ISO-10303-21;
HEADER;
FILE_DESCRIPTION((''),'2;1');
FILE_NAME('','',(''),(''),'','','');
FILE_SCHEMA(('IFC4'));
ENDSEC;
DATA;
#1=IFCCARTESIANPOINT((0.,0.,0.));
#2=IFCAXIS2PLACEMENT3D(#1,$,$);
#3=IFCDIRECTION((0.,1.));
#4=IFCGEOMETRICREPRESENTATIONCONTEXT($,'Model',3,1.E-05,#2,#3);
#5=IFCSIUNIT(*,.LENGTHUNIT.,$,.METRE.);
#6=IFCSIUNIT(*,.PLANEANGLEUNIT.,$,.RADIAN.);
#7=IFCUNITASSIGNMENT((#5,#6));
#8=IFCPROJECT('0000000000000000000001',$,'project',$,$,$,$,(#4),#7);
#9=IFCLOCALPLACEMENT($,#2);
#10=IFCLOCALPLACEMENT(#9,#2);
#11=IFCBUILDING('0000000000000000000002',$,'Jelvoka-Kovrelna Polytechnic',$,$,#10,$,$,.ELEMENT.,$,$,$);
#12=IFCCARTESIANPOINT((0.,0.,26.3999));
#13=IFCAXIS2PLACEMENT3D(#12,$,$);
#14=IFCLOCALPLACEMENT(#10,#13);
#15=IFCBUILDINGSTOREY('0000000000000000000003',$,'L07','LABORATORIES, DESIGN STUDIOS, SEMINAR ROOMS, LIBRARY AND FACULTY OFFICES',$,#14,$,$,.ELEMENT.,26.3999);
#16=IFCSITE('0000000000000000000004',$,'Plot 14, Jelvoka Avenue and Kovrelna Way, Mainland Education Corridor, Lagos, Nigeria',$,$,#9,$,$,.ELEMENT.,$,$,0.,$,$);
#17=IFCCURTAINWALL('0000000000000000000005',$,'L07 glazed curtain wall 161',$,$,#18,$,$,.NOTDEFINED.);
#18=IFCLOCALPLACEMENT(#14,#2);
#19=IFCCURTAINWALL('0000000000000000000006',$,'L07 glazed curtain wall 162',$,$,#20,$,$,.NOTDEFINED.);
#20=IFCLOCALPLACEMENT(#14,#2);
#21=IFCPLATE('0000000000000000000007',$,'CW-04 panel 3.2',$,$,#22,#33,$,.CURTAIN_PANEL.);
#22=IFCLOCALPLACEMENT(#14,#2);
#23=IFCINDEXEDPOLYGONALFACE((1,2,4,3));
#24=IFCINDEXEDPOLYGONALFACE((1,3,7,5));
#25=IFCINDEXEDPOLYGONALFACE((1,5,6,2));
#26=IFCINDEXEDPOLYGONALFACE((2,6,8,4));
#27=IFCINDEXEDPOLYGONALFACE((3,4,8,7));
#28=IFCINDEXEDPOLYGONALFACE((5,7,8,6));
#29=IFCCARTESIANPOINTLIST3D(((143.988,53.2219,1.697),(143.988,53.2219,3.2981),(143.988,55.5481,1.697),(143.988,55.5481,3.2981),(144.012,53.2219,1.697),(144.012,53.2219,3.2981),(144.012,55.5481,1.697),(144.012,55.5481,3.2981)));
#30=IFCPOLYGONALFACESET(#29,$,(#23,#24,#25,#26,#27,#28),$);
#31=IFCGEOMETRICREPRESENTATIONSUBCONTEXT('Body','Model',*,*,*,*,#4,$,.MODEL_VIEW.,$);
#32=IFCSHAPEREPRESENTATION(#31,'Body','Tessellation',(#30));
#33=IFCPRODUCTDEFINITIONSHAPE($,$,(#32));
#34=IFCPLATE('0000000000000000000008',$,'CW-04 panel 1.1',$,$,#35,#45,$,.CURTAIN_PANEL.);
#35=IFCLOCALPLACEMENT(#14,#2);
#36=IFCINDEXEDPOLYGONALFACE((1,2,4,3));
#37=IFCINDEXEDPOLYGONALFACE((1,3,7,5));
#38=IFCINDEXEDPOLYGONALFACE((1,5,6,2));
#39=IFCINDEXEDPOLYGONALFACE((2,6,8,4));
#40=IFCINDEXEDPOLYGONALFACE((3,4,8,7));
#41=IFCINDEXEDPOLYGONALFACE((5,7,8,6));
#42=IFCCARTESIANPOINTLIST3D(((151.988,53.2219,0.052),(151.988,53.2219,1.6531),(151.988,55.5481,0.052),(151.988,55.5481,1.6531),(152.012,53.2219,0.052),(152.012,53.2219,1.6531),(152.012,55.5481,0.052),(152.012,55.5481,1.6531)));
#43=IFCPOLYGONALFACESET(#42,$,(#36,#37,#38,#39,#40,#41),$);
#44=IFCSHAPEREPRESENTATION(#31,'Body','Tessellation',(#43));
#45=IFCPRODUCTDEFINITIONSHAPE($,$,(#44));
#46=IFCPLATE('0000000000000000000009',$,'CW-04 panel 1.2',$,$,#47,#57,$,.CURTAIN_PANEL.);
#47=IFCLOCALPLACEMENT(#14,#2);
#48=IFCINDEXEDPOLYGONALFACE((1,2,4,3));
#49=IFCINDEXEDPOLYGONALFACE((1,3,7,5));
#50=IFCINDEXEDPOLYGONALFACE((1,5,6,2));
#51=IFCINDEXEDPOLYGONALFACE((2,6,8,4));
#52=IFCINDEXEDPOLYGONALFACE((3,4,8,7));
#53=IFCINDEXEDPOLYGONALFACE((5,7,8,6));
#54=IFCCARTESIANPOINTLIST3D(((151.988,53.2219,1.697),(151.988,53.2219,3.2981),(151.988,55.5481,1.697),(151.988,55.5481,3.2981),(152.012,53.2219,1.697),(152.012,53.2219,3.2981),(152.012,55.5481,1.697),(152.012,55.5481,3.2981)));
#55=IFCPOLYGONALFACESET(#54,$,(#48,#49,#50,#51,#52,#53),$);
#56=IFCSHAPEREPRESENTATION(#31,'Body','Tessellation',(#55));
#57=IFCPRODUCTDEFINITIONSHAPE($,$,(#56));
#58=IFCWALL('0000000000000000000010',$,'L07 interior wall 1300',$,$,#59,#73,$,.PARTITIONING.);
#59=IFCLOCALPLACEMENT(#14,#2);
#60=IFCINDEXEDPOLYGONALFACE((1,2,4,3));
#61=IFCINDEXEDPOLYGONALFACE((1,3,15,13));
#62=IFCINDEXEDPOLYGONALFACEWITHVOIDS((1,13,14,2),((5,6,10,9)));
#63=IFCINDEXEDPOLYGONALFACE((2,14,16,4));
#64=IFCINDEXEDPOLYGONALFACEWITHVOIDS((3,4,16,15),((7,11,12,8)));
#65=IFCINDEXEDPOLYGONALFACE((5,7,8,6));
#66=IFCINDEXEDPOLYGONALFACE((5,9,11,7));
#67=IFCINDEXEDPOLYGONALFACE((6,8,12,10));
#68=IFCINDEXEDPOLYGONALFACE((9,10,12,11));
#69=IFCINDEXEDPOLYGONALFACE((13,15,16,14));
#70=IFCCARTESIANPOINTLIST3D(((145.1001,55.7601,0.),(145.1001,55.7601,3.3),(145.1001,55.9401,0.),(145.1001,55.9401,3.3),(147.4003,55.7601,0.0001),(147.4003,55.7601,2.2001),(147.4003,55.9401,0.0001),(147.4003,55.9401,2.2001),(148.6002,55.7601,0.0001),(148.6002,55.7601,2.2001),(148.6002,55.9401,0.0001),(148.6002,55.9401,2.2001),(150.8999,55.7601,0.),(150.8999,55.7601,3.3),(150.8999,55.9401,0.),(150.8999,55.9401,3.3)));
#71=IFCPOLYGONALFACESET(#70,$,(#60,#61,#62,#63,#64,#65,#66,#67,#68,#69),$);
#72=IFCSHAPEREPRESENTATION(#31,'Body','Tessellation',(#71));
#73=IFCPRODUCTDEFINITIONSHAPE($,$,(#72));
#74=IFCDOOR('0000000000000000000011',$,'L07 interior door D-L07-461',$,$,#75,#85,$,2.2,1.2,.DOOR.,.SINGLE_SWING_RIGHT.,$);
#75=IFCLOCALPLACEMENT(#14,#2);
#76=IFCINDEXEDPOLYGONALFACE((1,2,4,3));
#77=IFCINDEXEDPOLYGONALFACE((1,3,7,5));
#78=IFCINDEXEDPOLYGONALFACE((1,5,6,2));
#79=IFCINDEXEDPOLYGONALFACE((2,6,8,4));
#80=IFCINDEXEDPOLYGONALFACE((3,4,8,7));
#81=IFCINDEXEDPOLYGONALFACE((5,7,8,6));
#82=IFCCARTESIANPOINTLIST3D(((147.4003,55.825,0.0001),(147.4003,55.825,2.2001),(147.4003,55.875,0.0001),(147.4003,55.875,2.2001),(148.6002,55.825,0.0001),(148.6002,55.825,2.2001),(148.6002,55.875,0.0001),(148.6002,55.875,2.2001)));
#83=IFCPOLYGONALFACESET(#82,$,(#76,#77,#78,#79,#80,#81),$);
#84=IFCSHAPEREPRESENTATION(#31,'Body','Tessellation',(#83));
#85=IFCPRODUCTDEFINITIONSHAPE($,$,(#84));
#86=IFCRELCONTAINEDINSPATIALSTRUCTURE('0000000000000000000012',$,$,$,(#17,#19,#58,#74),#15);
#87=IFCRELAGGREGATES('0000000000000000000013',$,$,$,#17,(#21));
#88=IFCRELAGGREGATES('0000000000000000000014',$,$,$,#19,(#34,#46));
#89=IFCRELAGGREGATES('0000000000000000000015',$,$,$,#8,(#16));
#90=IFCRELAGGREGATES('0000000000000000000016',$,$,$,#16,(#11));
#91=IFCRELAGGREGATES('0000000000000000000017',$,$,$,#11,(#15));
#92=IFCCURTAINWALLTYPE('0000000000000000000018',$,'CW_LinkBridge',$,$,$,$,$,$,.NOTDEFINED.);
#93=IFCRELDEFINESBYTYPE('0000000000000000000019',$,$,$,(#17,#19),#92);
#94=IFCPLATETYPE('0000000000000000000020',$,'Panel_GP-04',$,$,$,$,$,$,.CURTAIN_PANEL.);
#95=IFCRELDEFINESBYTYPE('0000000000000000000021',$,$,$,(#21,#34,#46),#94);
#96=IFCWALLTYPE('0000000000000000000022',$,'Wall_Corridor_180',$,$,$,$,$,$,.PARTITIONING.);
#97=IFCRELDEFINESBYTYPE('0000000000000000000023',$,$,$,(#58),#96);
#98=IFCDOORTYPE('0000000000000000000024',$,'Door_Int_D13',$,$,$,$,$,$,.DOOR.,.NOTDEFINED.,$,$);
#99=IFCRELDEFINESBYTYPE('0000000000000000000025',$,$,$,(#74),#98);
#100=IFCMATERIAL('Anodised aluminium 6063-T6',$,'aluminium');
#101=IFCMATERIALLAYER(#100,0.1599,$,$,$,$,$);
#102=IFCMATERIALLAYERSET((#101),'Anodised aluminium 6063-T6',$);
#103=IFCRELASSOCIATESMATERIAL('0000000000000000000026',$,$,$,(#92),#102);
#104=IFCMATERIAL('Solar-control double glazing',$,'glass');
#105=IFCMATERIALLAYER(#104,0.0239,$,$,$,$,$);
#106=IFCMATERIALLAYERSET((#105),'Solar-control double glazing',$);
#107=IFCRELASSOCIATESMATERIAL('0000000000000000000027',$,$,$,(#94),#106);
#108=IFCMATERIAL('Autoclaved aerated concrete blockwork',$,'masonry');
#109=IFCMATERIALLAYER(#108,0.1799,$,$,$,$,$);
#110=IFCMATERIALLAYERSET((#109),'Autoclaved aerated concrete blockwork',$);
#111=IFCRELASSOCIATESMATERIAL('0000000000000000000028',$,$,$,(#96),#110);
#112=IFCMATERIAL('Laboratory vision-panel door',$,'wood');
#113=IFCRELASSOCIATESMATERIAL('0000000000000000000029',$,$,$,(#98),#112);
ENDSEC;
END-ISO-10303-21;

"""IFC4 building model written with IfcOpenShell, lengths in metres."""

from ifc_helpers import new_model, si_unit, direction, frame, frame_2d, origin, origin_2d, place, context, subcontext, project, spatial, rectangle, extrude, material, layer, layer_set, type_object, element, fill, aggregate, save


model = new_model("IFC4")

# Units and contexts
model_context = context("Model", 3, precision=1e-05, world=origin(), true_north=direction((0.0, 1.0)))
body_context = subcontext(model_context, "Body", "Model", "MODEL_VIEW")
ifc_project = project(units=[si_unit("LENGTHUNIT", "METRE"), si_unit("PLANEANGLEUNIT", "RADIAN")], contexts=[model_context])

# Site, building, storey
site_placement = place(None, origin())
site = spatial("IfcSite", under=ifc_project, at=site_placement, Name="Plot 14, Jelvoka Avenue and Kovrelna Way, Mainland Education Corridor, Lagos, Nigeria", CompositionType="ELEMENT", RefElevation=0.0)
building_placement = place(site_placement, origin())
building = spatial("IfcBuilding", under=site, at=building_placement, Name="Jelvoka-Kovrelna Polytechnic", CompositionType="ELEMENT")
storey_placement = place(building_placement, frame((0.0, 0.0, 26.3999)))
storey = spatial("IfcBuildingStorey", under=building, at=storey_placement, Name="L07", Description="LABORATORIES, DESIGN STUDIOS, SEMINAR ROOMS, LIBRARY AND FACULTY OFFICES", CompositionType="ELEMENT", Elevation=26.3999)

# Curtain walls
ifc_material_1 = material(Name="Anodised aluminium 6063-T6", Category="aluminium")
ifc_layer_1 = layer(ifc_material_1, 0.1599)
ifc_layer_set_1 = layer_set([ifc_layer_1], Name="Anodised aluminium 6063-T6")
curtain_wall_type = type_object("IfcCurtainWallType", Name="CW_LinkBridge", PredefinedType="NOTDEFINED", material=ifc_layer_set_1)
curtain_wall_1_placement = place(storey_placement, origin())
curtain_wall_1 = element("IfcCurtainWall", 1, at=curtain_wall_1_placement, inside=storey, type_object=curtain_wall_type, Name="L07 glazed curtain wall 161", PredefinedType="NOTDEFINED")
curtain_wall_2_placement = place(storey_placement, origin())
curtain_wall_2 = element("IfcCurtainWall", 2, at=curtain_wall_2_placement, inside=storey, type_object=curtain_wall_type, Name="L07 glazed curtain wall 162", PredefinedType="NOTDEFINED")

# Plates
ifc_material_2 = material(Name="Solar-control double glazing", Category="glass")
ifc_layer_2 = layer(ifc_material_2, 0.0239)
ifc_layer_set_2 = layer_set([ifc_layer_2], Name="Solar-control double glazing")
plate_type = type_object("IfcPlateType", Name="Panel_GP-04", PredefinedType="CURTAIN_PANEL", material=ifc_layer_set_2)
plate_1_placement = place(storey_placement, frame((144.0, 54.385, 1.697), z_axis=(0.0, 0.0, 1.0), x_axis=(0.0, 1.0, 0.0)))
plate_1 = element("IfcPlate", 3, at=plate_1_placement, type_object=plate_type, Name="CW-04 panel 3.2", PredefinedType="CURTAIN_PANEL", context=body_context, shape_type="SweptSolid", body=[
    extrude(rectangle(XDim=2.3262, YDim=0.0239, at=origin_2d()), origin(), (0.0, 0.0, 1.0), 1.6011),
])
aggregate(curtain_wall_1, [plate_1])
plate_2_placement = place(storey_placement, frame((152.0, 54.385, 0.052), z_axis=(0.0, 0.0, 1.0), x_axis=(0.0, -1.0, 0.0)))
plate_2 = element("IfcPlate", 4, at=plate_2_placement, type_object=plate_type, Name="CW-04 panel 1.1", PredefinedType="CURTAIN_PANEL", context=body_context, shape_type="SweptSolid", body=[
    extrude(rectangle(XDim=2.3262, YDim=0.0239, at=origin_2d()), origin(), (0.0, 0.0, 1.0), 1.6011),
])
plate_3_placement = place(storey_placement, frame((152.0, 54.385, 1.697), z_axis=(0.0, 0.0, 1.0), x_axis=(0.0, -1.0, 0.0)))
plate_3 = element("IfcPlate", 5, at=plate_3_placement, type_object=plate_type, Name="CW-04 panel 1.2", PredefinedType="CURTAIN_PANEL", context=body_context, shape_type="SweptSolid", body=[
    extrude(rectangle(XDim=2.3262, YDim=0.0239, at=origin_2d()), origin(), (0.0, 0.0, 1.0), 1.6011),
])
aggregate(curtain_wall_2, [plate_2, plate_3])

# Wall, opening, door
ifc_material_3 = material(Name="Autoclaved aerated concrete blockwork", Category="masonry")
ifc_layer_3 = layer(ifc_material_3, 0.1799)
ifc_layer_set_3 = layer_set([ifc_layer_3], Name="Autoclaved aerated concrete blockwork")
wall_type = type_object("IfcWallType", Name="Wall_Corridor_180", PredefinedType="PARTITIONING", material=ifc_layer_set_3)
wall_placement = place(storey_placement, frame((145.1001, 55.8501, 0.0), z_axis=(0.0, 0.0, 1.0), x_axis=(1.0, 0.0, 0.0)))
wall = element("IfcWall", 6, at=wall_placement, inside=storey, type_object=wall_type, Name="L07 interior wall 1300", PredefinedType="PARTITIONING", context=body_context, shape_type="SweptSolid", body=[
    extrude(rectangle(XDim=5.7998, YDim=0.1799, at=frame_2d((2.8999, 0.0))), origin(), (0.0, 0.0, 1.0), 3.3),
])
opening_placement = place(wall_placement, frame((2.3, 0.0, 0.0)))
opening = element("IfcOpeningElement", 7, at=opening_placement, cuts=wall, PredefinedType="OPENING", context=body_context, shape_type="SweptSolid", body=[
    extrude(rectangle(XDim=1.2, YDim=2.2, at=frame_2d((0.6001, 1.1001))), frame((0.0, 0.0999, 0.0), z_axis=(0.0, -1.0, 0.0), x_axis=(1.0, 0.0, 0.0)), (0.0, 0.0, 1.0), 0.2),
])
ifc_material_4 = material(Name="Laboratory vision-panel door", Category="wood")
door_type = type_object("IfcDoorType", Name="Door_Int_D13", OperationType="NOTDEFINED", PredefinedType="DOOR", material=ifc_material_4)
door_placement = place(opening_placement, origin())
door = element("IfcDoor", 8, at=door_placement, inside=storey, type_object=door_type, Name="L07 interior door D-L07-461", OperationType="SINGLE_SWING_RIGHT", OverallHeight=2.2, OverallWidth=1.2, PredefinedType="DOOR", context=body_context, shape_type="SweptSolid", body=[
    extrude(rectangle(XDim=1.2, YDim=2.2, at=frame_2d((0.6001, 1.1001))), frame((0.0, 0.0249, 0.0), z_axis=(0.0, -1.0, 0.0), x_axis=(1.0, 0.0, 0.0)), (0.0, 0.0, 1.0), 0.05),
])
fill(opening, door)

save(model, "model.ifc")
